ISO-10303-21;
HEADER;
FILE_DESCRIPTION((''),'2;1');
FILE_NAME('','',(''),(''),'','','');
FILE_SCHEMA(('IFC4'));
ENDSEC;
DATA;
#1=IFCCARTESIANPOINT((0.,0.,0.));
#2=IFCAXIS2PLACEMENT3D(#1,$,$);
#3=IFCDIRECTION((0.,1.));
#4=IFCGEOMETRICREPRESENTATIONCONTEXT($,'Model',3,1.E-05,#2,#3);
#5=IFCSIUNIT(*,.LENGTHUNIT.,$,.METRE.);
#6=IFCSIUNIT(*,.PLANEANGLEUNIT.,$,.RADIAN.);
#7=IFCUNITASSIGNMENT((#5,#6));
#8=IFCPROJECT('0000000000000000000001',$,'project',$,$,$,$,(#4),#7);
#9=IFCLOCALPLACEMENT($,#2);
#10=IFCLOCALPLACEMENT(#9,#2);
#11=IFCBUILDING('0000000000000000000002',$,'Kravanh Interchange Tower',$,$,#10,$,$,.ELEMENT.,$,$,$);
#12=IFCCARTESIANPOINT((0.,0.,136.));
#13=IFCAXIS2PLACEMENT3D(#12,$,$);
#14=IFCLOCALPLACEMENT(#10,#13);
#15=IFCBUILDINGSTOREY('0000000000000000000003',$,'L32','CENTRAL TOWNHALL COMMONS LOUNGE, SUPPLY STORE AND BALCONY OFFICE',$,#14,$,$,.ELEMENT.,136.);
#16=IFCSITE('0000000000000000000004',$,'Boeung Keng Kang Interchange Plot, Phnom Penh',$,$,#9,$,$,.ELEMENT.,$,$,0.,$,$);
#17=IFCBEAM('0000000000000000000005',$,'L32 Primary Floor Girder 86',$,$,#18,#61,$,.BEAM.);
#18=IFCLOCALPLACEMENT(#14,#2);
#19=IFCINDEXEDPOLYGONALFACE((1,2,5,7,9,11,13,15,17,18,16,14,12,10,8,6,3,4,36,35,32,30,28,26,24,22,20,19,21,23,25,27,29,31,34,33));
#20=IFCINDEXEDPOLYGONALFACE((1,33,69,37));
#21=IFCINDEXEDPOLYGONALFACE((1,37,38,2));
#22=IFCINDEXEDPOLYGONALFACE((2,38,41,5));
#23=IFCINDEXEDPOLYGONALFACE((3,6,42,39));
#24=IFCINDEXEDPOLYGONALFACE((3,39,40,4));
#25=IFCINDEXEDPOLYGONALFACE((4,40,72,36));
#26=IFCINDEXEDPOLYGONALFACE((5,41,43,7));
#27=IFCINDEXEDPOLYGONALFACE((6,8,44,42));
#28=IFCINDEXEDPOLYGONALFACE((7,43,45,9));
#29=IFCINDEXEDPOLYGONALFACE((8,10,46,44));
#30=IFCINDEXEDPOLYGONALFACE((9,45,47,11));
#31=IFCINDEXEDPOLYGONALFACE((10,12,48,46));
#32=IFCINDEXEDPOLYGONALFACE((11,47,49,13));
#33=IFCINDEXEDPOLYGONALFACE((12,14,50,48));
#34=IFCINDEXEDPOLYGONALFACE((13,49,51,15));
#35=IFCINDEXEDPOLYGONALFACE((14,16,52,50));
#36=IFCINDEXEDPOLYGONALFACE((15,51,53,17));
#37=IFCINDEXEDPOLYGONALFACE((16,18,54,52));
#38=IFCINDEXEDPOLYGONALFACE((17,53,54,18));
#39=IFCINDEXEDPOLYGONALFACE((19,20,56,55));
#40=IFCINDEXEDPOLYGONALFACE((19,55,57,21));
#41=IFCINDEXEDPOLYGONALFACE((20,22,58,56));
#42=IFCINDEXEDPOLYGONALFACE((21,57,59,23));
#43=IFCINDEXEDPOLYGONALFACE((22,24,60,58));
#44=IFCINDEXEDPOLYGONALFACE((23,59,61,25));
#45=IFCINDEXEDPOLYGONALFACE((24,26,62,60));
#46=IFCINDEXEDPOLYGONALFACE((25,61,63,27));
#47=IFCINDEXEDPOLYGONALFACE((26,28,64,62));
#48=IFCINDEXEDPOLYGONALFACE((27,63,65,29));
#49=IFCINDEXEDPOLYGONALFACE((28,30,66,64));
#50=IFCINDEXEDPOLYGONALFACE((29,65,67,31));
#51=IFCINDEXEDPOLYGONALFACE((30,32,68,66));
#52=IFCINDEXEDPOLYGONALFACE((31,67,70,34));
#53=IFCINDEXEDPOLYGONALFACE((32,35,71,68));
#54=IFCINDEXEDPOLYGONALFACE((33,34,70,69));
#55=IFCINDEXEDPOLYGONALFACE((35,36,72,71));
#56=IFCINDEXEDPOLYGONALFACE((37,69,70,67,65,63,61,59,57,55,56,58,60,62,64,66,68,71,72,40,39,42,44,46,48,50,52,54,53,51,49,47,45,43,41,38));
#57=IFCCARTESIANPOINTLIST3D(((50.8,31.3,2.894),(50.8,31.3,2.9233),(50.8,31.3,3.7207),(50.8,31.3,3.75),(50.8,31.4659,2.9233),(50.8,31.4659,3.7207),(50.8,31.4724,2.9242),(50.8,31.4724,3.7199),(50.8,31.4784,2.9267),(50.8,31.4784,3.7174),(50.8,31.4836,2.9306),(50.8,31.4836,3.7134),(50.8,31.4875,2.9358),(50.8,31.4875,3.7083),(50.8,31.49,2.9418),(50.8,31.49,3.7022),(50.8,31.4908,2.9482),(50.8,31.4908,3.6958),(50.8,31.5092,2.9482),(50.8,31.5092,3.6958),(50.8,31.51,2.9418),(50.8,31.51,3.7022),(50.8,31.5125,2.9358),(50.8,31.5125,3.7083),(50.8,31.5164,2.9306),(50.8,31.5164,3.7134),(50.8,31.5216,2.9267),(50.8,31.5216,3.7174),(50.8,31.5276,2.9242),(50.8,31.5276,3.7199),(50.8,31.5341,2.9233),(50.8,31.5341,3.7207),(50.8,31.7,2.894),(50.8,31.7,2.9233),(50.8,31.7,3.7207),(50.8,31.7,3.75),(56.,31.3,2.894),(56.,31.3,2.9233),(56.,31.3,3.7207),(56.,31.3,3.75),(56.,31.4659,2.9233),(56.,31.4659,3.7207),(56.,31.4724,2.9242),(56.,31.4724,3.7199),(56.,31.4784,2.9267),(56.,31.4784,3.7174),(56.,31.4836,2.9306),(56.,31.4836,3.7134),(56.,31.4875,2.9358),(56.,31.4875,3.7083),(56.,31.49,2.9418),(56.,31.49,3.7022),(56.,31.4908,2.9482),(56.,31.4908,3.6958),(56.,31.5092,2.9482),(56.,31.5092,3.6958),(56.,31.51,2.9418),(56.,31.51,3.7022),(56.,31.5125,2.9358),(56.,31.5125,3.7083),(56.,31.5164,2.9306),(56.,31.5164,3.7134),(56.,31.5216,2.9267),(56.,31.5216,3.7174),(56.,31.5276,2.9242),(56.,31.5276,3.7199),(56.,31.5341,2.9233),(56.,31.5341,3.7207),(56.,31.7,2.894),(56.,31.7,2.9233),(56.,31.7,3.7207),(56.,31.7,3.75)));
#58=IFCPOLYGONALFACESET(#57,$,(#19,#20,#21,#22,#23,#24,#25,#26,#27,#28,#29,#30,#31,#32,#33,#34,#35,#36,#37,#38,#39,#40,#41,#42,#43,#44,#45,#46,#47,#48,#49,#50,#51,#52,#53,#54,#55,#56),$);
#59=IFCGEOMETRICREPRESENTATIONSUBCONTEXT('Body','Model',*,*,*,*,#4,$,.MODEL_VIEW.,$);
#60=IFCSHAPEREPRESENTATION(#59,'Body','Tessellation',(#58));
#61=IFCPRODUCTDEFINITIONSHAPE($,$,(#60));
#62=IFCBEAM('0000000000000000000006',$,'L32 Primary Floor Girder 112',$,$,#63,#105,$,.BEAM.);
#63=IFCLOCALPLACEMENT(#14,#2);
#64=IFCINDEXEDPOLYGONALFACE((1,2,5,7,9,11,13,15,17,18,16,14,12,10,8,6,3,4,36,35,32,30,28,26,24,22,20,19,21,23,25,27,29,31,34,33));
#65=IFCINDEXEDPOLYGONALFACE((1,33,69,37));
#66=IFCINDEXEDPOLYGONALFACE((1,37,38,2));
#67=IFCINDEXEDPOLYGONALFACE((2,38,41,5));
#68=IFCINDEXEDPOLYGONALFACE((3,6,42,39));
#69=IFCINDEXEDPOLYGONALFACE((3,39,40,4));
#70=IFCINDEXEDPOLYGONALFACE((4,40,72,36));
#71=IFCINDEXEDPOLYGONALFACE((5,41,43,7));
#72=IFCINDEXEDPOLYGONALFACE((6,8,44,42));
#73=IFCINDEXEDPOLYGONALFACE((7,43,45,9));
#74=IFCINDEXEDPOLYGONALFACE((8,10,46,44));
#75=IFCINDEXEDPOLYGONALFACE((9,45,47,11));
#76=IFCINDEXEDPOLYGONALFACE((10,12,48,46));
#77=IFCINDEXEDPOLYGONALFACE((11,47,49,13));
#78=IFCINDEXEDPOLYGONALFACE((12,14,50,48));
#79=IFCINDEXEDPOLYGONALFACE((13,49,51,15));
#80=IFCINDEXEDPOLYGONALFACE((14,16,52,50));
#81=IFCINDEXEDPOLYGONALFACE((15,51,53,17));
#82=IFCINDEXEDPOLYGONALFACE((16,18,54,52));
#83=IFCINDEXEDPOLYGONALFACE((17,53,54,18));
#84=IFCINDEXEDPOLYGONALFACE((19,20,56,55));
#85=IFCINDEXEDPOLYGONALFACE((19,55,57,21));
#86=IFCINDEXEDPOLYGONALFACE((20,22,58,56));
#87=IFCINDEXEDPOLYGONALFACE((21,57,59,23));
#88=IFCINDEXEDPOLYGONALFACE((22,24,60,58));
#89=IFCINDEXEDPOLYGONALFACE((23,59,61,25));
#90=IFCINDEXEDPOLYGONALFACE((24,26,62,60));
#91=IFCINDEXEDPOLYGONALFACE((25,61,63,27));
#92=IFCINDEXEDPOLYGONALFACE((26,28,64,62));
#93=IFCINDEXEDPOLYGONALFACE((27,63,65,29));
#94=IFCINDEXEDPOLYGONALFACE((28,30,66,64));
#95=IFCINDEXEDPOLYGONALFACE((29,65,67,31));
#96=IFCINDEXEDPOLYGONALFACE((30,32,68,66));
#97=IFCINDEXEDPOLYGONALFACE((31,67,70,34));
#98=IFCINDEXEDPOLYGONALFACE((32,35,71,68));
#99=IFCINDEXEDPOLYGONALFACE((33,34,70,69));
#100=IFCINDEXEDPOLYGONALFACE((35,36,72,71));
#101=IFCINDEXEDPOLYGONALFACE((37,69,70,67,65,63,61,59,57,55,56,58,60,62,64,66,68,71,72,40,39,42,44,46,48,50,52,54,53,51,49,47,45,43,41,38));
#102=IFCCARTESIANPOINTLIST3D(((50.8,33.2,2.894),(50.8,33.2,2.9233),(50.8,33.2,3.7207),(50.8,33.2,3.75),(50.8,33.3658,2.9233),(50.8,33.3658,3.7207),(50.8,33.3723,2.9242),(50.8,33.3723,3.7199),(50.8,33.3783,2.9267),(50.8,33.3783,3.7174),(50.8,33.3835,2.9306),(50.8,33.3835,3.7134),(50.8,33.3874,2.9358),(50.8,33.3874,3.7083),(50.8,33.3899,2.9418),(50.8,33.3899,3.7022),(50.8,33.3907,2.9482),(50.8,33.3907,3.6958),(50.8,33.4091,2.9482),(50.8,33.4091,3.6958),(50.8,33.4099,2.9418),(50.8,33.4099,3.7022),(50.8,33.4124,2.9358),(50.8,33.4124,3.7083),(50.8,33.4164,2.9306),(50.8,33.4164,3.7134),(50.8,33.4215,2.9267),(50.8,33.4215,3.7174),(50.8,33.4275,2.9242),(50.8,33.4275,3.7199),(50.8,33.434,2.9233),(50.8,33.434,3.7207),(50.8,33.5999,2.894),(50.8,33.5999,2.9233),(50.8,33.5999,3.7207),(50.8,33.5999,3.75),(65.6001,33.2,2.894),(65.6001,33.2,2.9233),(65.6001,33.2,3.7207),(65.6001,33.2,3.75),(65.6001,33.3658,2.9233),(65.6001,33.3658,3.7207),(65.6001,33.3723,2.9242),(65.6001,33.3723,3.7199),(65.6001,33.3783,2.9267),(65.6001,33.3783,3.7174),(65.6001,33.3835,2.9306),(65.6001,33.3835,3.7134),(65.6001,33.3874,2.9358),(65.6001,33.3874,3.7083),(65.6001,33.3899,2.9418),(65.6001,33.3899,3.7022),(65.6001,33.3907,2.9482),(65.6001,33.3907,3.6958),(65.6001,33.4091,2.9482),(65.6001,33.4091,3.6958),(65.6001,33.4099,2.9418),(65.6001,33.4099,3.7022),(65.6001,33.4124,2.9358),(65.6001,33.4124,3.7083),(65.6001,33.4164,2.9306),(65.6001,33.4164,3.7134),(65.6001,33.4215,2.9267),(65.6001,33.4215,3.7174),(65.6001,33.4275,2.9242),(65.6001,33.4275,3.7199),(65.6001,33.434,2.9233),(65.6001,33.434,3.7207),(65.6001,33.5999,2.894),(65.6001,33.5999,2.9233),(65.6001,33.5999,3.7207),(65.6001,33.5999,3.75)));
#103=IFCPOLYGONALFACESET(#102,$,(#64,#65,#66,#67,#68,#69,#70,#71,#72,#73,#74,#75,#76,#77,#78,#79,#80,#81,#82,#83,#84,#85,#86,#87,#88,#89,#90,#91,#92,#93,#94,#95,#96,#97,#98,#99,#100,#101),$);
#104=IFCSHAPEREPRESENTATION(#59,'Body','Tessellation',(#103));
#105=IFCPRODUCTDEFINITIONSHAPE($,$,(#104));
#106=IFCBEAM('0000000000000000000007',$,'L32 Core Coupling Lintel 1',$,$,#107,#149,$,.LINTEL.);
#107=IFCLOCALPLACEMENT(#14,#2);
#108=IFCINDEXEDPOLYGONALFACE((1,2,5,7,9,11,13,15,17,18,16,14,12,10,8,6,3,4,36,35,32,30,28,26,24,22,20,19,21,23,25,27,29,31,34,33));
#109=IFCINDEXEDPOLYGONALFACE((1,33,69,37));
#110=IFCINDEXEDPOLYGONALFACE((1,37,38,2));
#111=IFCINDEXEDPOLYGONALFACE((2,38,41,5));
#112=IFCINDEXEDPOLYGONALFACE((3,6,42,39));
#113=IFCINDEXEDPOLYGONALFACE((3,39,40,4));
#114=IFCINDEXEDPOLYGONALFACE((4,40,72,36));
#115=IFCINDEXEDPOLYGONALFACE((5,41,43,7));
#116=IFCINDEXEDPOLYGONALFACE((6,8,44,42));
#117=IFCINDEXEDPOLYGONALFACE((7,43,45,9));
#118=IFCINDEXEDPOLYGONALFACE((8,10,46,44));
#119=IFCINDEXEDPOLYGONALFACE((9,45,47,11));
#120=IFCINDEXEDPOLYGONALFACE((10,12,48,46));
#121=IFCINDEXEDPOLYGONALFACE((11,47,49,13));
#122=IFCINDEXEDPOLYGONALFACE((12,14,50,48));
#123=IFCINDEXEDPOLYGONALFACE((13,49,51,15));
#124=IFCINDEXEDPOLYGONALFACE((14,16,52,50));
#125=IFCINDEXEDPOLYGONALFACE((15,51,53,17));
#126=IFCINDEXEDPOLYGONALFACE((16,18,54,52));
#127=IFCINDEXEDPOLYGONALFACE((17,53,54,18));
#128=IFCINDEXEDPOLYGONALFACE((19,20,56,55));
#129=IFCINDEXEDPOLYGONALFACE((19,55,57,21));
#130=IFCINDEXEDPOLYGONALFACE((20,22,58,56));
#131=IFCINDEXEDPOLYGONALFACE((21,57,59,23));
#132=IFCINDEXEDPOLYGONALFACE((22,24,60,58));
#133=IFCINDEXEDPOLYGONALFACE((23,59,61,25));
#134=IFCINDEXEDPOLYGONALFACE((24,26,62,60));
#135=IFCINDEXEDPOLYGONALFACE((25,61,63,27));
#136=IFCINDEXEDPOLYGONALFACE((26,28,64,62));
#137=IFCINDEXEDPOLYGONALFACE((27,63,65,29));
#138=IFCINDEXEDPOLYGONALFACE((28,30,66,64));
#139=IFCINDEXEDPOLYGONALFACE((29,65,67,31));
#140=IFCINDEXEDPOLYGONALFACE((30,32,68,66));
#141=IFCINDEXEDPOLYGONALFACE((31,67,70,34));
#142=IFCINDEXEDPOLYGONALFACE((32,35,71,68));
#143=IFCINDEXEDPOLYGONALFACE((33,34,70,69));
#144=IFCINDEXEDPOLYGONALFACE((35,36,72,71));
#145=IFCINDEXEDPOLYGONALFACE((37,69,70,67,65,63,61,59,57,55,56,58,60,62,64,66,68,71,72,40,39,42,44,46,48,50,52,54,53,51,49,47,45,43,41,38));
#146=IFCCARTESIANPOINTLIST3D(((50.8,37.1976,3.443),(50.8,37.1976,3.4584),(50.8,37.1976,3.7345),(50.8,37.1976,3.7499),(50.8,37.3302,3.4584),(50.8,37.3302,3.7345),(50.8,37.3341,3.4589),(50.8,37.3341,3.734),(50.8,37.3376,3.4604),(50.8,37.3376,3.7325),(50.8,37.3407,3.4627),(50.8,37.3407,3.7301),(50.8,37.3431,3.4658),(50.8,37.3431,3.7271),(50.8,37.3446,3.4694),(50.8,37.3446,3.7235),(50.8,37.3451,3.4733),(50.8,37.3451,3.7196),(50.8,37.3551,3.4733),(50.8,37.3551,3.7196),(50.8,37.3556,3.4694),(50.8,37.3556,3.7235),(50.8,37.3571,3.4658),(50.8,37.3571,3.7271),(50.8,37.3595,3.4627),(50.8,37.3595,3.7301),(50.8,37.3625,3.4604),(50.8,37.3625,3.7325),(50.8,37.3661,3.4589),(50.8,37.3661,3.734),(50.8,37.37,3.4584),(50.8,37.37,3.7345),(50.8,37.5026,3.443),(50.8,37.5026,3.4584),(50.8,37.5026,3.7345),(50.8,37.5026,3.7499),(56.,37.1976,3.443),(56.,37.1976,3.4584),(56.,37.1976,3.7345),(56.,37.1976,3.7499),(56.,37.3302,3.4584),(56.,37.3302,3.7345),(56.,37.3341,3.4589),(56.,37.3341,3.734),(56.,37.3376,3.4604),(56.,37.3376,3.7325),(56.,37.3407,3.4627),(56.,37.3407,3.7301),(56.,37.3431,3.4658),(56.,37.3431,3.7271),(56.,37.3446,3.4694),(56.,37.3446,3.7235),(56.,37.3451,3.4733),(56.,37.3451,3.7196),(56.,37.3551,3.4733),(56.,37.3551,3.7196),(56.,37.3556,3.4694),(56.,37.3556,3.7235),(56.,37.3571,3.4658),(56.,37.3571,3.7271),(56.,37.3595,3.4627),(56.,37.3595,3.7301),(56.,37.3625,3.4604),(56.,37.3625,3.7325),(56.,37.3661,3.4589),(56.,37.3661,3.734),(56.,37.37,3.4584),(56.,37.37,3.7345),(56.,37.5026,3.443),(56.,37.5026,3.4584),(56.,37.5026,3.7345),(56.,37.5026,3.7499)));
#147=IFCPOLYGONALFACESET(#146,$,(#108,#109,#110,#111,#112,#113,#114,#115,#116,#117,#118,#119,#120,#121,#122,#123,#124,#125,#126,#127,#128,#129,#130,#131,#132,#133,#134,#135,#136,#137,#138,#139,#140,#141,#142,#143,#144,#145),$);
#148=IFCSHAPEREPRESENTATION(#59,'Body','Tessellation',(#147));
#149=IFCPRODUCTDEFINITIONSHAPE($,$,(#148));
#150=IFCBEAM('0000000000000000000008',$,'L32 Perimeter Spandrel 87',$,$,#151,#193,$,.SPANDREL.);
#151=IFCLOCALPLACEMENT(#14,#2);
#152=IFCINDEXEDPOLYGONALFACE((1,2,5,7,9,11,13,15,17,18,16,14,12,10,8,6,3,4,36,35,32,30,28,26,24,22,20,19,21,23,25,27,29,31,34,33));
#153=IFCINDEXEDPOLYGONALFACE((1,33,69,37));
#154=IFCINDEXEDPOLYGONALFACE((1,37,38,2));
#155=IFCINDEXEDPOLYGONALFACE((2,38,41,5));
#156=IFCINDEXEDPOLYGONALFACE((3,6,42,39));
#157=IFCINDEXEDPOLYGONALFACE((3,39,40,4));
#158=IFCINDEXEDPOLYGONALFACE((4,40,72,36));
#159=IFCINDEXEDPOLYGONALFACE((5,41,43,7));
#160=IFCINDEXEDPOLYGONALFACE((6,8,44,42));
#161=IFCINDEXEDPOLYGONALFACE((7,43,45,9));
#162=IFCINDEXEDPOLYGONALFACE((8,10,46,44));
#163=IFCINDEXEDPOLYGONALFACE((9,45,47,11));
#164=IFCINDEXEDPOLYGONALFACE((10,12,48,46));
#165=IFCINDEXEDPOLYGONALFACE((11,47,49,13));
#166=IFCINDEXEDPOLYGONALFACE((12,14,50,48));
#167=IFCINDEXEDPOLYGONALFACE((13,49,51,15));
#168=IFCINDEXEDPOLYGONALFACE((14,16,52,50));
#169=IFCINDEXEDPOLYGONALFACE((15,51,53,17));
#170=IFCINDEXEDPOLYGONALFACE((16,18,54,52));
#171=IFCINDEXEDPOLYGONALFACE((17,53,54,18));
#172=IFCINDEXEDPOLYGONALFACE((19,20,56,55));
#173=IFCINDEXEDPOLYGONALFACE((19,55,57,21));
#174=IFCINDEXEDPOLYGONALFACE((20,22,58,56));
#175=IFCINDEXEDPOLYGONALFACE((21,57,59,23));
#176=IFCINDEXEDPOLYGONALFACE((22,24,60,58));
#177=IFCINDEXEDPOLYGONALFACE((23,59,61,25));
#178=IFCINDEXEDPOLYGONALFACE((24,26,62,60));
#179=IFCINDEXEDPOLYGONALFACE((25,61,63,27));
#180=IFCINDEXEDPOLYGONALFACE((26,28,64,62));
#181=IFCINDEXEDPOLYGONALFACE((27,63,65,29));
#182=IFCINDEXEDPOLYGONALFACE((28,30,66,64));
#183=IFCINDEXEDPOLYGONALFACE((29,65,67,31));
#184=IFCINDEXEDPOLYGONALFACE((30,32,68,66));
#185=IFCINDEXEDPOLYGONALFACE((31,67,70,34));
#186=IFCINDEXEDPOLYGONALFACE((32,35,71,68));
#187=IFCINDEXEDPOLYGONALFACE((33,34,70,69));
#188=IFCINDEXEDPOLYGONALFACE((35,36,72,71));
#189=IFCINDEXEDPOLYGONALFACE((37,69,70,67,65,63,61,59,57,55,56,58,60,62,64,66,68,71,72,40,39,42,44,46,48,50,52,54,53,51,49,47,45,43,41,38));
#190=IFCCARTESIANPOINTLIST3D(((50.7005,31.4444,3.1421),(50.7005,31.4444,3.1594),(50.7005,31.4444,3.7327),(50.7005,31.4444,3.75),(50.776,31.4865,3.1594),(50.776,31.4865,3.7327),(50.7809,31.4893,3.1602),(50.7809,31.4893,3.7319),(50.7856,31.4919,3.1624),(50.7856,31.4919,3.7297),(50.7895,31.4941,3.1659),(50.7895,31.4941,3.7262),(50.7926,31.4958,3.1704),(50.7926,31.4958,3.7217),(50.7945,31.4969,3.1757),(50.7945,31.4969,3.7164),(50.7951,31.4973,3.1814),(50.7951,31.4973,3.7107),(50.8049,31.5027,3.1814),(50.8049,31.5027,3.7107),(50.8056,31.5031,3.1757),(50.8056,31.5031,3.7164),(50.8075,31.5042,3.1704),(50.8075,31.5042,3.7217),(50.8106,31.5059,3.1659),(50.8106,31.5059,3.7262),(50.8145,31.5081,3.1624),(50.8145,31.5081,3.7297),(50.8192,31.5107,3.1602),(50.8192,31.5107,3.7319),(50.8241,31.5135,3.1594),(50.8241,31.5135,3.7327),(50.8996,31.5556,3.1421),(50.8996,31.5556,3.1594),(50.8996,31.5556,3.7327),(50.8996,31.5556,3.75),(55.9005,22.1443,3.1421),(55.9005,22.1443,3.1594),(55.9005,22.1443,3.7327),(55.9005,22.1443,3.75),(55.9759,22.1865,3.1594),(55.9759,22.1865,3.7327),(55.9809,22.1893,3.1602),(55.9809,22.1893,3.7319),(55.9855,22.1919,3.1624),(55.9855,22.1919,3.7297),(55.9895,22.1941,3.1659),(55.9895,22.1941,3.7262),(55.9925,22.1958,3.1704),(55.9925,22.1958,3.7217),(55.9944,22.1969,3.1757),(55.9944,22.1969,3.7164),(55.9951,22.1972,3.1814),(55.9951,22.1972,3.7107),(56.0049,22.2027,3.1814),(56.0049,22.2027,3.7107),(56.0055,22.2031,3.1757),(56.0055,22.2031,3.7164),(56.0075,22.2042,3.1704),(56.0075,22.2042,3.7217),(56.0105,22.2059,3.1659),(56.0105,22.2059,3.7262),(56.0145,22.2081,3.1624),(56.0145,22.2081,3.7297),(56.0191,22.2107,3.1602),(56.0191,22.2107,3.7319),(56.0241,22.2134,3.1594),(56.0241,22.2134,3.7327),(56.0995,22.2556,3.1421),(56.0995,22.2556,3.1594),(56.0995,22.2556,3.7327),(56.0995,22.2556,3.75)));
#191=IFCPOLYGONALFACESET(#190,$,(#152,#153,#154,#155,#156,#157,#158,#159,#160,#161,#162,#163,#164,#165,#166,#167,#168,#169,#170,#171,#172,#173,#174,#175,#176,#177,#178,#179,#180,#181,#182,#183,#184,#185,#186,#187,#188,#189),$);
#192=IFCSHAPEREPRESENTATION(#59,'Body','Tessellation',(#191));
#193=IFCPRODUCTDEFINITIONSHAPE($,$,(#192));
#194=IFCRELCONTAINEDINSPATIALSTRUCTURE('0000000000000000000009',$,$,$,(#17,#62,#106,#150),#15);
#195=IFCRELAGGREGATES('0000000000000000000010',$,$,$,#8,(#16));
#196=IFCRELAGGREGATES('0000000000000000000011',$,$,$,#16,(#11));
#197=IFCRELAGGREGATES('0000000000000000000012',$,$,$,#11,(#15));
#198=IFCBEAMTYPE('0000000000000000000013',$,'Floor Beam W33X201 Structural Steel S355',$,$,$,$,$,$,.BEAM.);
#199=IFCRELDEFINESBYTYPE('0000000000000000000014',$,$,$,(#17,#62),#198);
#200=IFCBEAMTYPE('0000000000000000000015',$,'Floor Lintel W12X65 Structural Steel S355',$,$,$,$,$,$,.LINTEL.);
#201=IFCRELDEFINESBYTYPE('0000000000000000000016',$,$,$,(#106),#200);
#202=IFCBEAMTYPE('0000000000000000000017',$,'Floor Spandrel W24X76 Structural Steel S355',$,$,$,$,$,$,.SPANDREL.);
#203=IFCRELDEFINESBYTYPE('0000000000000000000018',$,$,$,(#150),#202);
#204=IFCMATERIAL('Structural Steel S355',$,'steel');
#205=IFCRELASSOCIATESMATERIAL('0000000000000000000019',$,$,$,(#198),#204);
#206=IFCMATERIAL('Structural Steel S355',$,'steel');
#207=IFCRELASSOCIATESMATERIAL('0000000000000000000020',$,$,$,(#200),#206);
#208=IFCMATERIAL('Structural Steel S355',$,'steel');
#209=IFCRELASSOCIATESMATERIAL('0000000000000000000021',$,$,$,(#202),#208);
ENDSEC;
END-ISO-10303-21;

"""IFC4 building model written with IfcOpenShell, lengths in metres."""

from ifc_helpers import new_model, si_unit, direction, frame, origin, origin_2d, place, context, subcontext, project, spatial, i_section, extrude, material, material_profile, profile_set, type_object, element, save


model = new_model("IFC4")

# Units and contexts
model_context = context("Model", 3, precision=1e-05, world=origin(), true_north=direction((0.0, 1.0)))
body_context = subcontext(model_context, "Body", "Model", "MODEL_VIEW")
ifc_project = project(units=[si_unit("LENGTHUNIT", "METRE"), si_unit("PLANEANGLEUNIT", "RADIAN")], contexts=[model_context])

# Site, building, storey
site_placement = place(None, origin())
site = spatial("IfcSite", under=ifc_project, at=site_placement, Name="Boeung Keng Kang Interchange Plot, Phnom Penh", CompositionType="ELEMENT", RefElevation=0.0)
building_placement = place(site_placement, origin())
building = spatial("IfcBuilding", under=site, at=building_placement, Name="Kravanh Interchange Tower", CompositionType="ELEMENT")
storey_placement = place(building_placement, frame((0.0, 0.0, 136.0)))
storey = spatial("IfcBuildingStorey", under=building, at=storey_placement, Name="L32", Description="CENTRAL TOWNHALL COMMONS LOUNGE, SUPPLY STORE AND BALCONY OFFICE", CompositionType="ELEMENT", Elevation=136.0)

# Beams
ifc_material_1 = material(Name="Structural Steel S355", Category="steel")
ifc_material_profile_1 = material_profile(ifc_material_1, i_section(OverallWidth=0.3999, OverallDepth=0.856, WebThickness=0.0183, FlangeThickness=0.0293, FilletRadius=0.0249, at=origin_2d()), Name="W33X201")
ifc_profile_set_1 = profile_set([ifc_material_profile_1], Name="Structural Steel S355")
beam_type_1 = type_object("IfcBeamType", Name="Floor Beam W33X201 Structural Steel S355", PredefinedType="BEAM", material=ifc_profile_set_1)
beam_1_placement = place(storey_placement, frame((50.8, 31.5, 3.322), z_axis=(1.0, 0.0, 0.0), x_axis=(0.0, 1.0, 0.0)))
element("IfcBeam", 1, at=beam_1_placement, inside=storey, type_object=beam_type_1, Name="L32 Primary Floor Girder 86", PredefinedType="BEAM", context=body_context, shape_type="SweptSolid", body=[
    extrude(i_section(OverallWidth=0.3999, OverallDepth=0.856, WebThickness=0.0183, FlangeThickness=0.0293, FilletRadius=0.0249, at=origin_2d()), origin(), (0.0, 0.0, 1.0), 5.2),
])
beam_2_placement = place(storey_placement, frame((50.8, 33.3999, 3.322), z_axis=(1.0, 0.0, 0.0), x_axis=(0.0, 1.0, 0.0)))
element("IfcBeam", 2, at=beam_2_placement, inside=storey, type_object=beam_type_1, Name="L32 Primary Floor Girder 112", PredefinedType="BEAM", context=body_context, shape_type="SweptSolid", body=[
    extrude(i_section(OverallWidth=0.3999, OverallDepth=0.856, WebThickness=0.0183, FlangeThickness=0.0293, FilletRadius=0.0249, at=origin_2d()), origin(), (0.0, 0.0, 1.0), 14.8),
])
ifc_material_2 = material(Name="Structural Steel S355", Category="steel")
ifc_material_profile_2 = material_profile(ifc_material_2, i_section(OverallWidth=0.3049, OverallDepth=0.3069, WebThickness=0.01, FlangeThickness=0.0154, FilletRadius=0.0149, at=origin_2d()), Name="W12X65")
ifc_profile_set_2 = profile_set([ifc_material_profile_2], Name="Structural Steel S355")
beam_type_2 = type_object("IfcBeamType", Name="Floor Lintel W12X65 Structural Steel S355", PredefinedType="LINTEL", material=ifc_profile_set_2)
beam_3_placement = place(storey_placement, frame((50.8, 37.3501, 3.5964), z_axis=(1.0, 0.0, 0.0), x_axis=(0.0, 1.0, 0.0)))
element("IfcBeam", 3, at=beam_3_placement, inside=storey, type_object=beam_type_2, Name="L32 Core Coupling Lintel 1", PredefinedType="LINTEL", context=body_context, shape_type="SweptSolid", body=[
    extrude(i_section(OverallWidth=0.3049, OverallDepth=0.3069, WebThickness=0.01, FlangeThickness=0.0154, FilletRadius=0.0149, at=origin_2d()), origin(), (0.0, 0.0, 1.0), 5.2),
])
ifc_material_3 = material(Name="Structural Steel S355", Category="steel")
ifc_material_profile_3 = material_profile(ifc_material_3, i_section(OverallWidth=0.228, OverallDepth=0.6079, WebThickness=0.0112, FlangeThickness=0.0173, FilletRadius=0.022, at=origin_2d()), Name="W24X76")
ifc_profile_set_3 = profile_set([ifc_material_profile_3], Name="Structural Steel S355")
beam_type_3 = type_object("IfcBeamType", Name="Floor Spandrel W24X76 Structural Steel S355", PredefinedType="SPANDREL", material=ifc_profile_set_3)
beam_4_placement = place(storey_placement, frame((50.8, 31.5, 3.446), z_axis=(0.488026, -0.872829, 0.0), x_axis=(0.872829, 0.488026, 0.0)))
element("IfcBeam", 4, at=beam_4_placement, inside=storey, type_object=beam_type_3, Name="L32 Perimeter Spandrel 87", PredefinedType="SPANDREL", context=body_context, shape_type="SweptSolid", body=[
    extrude(i_section(OverallWidth=0.228, OverallDepth=0.6079, WebThickness=0.0112, FlangeThickness=0.0173, FilletRadius=0.022, at=origin_2d()), origin(), (0.0, 0.0, 1.0), 10.655),
])

save(model, "model.ifc")
